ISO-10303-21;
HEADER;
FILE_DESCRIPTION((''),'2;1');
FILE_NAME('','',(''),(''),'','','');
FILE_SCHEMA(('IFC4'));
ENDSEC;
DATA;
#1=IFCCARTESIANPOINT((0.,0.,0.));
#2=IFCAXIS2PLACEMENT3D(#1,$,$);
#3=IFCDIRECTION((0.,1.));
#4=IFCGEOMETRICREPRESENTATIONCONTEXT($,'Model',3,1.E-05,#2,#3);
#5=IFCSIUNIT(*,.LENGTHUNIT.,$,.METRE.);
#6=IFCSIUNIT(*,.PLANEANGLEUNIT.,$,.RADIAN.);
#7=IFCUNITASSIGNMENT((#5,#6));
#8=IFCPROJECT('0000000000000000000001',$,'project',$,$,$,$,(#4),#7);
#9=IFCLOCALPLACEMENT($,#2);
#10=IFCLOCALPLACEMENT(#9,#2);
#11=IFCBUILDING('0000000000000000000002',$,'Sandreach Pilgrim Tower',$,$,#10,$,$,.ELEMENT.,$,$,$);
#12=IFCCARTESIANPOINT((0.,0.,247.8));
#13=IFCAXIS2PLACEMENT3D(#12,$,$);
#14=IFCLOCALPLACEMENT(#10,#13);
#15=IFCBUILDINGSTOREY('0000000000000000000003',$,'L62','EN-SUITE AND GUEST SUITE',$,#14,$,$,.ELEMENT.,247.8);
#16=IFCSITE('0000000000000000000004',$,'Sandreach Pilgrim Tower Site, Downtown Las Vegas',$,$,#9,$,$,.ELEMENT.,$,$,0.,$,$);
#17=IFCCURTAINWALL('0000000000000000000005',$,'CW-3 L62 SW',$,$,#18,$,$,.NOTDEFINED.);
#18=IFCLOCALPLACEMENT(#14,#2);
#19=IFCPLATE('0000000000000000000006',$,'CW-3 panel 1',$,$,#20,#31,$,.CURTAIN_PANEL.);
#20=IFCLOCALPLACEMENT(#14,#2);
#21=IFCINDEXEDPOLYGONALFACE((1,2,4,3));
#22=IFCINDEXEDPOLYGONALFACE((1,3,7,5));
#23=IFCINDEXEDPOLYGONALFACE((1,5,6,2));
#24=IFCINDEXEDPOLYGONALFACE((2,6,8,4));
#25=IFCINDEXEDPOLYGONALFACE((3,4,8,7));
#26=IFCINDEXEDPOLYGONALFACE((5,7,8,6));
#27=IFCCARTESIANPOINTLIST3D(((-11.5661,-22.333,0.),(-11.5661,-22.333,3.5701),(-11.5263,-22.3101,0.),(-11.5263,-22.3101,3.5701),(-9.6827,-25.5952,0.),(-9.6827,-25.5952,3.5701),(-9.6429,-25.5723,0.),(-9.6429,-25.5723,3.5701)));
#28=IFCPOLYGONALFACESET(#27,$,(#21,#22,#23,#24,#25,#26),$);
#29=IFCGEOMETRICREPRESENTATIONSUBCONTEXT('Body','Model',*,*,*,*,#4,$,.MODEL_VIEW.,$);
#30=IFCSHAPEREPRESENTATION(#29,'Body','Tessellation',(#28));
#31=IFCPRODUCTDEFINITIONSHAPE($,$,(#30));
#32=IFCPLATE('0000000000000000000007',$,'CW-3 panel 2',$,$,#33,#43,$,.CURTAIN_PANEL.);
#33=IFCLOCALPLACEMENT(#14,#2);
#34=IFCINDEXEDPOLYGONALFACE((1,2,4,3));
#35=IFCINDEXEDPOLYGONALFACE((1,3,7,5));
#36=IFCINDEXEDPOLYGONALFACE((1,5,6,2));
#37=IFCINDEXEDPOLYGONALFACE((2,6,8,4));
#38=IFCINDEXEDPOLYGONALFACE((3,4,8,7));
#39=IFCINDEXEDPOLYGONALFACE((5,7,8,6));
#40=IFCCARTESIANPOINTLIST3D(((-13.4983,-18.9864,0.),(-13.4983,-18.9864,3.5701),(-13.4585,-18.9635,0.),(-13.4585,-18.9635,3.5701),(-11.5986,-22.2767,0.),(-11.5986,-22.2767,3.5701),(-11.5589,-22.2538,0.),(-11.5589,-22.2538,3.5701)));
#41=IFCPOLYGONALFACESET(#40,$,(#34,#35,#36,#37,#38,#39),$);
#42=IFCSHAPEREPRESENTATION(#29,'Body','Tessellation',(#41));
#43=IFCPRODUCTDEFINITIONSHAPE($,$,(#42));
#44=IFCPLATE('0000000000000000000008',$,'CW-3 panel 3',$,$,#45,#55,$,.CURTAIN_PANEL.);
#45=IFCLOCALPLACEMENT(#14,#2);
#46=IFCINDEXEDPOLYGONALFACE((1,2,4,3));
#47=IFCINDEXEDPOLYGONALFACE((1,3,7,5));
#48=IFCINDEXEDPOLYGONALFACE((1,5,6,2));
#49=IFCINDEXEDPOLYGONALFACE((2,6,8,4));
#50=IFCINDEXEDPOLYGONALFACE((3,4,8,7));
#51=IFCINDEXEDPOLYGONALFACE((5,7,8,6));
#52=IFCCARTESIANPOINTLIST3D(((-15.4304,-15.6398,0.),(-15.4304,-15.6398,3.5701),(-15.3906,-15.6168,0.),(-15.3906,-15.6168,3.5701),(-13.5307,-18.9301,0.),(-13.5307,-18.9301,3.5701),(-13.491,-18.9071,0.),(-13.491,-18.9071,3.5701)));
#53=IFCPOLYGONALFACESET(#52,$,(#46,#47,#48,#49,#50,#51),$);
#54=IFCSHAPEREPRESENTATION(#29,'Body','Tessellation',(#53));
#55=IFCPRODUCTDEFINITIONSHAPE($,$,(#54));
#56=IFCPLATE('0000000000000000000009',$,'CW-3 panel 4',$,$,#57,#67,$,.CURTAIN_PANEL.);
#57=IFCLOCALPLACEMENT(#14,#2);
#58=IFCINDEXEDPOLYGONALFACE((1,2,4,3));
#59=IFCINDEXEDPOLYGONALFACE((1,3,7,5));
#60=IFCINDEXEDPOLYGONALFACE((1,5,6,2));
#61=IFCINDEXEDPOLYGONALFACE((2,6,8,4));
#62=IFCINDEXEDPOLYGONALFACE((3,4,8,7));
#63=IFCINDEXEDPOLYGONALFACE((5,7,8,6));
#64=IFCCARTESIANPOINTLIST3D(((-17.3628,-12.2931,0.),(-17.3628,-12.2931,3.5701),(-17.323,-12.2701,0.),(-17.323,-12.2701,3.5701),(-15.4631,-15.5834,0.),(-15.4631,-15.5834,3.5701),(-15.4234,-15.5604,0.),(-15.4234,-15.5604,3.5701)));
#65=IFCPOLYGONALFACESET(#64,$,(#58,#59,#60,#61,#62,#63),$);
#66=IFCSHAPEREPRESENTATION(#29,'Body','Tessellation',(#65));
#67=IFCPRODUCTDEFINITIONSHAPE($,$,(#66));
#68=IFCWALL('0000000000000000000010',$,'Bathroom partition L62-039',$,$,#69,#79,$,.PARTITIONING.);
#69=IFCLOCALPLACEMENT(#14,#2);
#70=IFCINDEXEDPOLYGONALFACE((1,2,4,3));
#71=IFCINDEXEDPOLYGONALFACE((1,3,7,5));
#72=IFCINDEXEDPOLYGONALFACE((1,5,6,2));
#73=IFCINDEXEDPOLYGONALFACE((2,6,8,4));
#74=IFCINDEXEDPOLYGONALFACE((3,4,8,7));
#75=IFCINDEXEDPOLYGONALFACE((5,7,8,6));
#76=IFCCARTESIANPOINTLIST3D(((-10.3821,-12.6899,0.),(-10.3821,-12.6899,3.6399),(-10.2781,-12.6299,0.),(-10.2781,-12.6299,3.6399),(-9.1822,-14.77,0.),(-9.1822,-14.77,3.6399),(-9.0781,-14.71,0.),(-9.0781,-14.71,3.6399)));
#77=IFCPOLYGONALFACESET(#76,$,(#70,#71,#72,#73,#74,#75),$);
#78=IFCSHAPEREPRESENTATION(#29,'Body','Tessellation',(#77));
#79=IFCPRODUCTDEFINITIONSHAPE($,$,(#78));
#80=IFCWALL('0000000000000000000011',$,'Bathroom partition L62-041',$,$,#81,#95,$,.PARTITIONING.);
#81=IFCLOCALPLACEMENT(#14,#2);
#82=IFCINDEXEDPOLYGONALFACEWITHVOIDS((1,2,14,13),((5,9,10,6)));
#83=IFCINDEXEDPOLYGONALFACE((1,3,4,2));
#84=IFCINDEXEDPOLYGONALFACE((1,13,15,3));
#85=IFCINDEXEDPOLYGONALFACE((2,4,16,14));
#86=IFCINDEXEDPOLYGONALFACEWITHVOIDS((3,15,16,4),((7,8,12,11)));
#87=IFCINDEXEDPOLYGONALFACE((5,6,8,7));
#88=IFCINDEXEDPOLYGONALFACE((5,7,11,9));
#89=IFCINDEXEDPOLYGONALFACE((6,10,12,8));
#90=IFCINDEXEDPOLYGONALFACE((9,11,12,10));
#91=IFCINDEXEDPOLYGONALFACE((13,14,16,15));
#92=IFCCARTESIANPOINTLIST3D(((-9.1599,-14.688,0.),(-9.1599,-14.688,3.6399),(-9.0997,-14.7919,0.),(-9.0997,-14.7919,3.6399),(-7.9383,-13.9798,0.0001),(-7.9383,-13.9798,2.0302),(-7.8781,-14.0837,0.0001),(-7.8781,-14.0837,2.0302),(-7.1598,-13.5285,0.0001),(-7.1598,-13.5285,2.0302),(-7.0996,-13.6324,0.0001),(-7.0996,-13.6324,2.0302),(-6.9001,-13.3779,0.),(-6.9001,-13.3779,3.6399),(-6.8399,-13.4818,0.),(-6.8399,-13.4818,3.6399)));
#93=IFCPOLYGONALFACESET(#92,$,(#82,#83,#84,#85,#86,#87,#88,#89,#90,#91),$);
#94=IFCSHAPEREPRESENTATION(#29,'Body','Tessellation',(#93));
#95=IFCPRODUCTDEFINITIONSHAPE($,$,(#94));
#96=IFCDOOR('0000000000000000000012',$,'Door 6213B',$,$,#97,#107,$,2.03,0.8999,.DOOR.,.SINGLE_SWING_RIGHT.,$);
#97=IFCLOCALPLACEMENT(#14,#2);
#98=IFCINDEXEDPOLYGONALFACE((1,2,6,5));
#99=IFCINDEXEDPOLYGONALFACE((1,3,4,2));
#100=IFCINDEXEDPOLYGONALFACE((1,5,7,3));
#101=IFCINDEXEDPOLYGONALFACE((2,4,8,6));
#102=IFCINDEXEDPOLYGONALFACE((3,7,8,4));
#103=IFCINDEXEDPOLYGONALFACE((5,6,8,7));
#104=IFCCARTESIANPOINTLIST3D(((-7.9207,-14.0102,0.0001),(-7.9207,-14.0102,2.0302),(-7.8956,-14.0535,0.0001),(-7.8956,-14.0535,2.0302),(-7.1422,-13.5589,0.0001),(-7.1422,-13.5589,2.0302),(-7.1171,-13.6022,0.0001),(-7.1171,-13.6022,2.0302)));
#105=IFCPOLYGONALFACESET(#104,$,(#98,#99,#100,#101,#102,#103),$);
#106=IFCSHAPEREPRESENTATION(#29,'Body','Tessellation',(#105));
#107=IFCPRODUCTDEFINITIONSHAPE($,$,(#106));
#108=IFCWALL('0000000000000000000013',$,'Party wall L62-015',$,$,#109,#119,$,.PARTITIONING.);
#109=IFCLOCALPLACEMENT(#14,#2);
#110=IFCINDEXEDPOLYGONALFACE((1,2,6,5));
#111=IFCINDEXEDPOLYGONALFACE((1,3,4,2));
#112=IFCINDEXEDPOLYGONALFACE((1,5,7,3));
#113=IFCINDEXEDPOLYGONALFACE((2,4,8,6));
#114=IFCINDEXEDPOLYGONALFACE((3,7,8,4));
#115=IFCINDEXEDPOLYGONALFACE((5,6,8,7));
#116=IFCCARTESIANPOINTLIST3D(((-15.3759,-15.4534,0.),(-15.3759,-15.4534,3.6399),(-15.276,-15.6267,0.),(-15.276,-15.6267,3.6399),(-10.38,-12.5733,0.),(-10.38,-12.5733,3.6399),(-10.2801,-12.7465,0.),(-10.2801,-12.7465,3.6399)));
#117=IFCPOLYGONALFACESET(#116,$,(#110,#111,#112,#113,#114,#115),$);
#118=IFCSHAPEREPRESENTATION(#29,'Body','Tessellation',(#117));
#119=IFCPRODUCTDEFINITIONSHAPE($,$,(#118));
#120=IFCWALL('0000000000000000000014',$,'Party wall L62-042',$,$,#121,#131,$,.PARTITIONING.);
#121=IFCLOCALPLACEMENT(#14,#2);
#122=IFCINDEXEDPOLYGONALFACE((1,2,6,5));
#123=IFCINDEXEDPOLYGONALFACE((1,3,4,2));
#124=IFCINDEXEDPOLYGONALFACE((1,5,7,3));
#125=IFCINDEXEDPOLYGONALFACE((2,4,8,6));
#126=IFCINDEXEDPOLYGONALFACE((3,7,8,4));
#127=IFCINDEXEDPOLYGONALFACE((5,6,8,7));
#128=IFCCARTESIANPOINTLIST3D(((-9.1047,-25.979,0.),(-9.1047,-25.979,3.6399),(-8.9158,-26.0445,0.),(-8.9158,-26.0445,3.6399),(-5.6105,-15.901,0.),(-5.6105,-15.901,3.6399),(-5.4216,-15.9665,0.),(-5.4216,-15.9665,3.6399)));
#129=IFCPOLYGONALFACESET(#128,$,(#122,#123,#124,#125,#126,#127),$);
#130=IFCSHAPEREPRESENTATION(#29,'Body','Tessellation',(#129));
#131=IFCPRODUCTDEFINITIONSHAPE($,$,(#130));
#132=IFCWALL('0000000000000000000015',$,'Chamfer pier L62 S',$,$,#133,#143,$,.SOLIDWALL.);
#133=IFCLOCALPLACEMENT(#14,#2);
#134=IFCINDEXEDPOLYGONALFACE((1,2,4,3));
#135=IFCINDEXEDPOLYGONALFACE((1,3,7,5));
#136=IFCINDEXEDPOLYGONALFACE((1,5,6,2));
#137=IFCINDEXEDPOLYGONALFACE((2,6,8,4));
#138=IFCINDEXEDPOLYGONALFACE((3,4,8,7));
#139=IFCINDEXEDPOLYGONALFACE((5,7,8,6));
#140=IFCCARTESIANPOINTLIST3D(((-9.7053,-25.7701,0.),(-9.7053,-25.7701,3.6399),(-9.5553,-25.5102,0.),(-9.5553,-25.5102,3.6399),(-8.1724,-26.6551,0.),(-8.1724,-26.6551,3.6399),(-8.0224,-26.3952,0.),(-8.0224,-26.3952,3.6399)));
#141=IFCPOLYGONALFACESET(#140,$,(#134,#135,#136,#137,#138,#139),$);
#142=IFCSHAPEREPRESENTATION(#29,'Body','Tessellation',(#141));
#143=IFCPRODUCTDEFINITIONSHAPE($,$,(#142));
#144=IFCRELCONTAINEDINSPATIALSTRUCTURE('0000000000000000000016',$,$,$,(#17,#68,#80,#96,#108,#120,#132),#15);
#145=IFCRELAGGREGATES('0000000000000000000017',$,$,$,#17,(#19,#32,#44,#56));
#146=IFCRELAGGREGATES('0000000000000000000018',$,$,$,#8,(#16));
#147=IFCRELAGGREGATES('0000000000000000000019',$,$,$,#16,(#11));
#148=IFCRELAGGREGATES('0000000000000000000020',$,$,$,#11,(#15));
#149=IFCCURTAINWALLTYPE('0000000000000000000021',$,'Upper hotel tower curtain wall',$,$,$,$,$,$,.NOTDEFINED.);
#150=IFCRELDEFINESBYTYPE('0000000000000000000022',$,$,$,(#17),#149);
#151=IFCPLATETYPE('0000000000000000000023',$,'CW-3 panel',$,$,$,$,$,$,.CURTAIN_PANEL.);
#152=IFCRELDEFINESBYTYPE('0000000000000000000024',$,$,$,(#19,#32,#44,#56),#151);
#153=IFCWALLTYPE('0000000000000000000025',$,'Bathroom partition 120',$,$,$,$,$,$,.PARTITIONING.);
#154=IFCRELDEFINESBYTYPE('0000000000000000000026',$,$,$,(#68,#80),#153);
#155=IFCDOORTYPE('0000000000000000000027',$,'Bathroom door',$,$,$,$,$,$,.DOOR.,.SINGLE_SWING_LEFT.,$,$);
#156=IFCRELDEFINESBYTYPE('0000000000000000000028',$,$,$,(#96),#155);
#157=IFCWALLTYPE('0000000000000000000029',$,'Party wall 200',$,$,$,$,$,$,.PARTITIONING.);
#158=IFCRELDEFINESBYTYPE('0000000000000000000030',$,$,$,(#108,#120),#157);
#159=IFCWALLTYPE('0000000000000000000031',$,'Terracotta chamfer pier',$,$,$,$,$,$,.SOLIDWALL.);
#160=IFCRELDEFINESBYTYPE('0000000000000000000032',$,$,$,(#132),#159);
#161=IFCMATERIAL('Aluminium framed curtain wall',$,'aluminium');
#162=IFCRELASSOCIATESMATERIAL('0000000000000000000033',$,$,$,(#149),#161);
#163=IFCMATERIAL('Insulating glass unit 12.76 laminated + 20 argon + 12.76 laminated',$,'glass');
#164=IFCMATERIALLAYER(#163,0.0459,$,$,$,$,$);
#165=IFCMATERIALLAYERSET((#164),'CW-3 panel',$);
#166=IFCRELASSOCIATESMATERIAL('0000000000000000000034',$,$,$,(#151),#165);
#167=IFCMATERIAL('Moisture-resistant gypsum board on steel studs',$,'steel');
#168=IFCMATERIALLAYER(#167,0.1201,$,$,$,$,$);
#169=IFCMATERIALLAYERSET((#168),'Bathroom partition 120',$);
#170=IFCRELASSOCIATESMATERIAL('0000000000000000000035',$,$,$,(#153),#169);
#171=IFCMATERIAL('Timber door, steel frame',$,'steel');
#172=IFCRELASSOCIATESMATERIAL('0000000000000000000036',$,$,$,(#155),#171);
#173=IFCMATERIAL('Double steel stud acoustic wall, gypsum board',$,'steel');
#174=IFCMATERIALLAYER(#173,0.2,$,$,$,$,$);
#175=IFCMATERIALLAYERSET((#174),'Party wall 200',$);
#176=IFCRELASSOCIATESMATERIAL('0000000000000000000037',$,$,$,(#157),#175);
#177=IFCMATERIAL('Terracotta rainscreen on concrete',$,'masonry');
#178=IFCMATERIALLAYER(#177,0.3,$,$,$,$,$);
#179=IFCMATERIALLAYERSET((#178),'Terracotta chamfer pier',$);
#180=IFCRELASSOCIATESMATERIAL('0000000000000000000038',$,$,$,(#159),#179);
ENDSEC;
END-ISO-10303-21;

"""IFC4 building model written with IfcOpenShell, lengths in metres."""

from ifc_helpers import new_model, si_unit, direction, frame, frame_2d, origin, origin_2d, place, context, subcontext, project, spatial, rectangle, extrude, material, layer, layer_set, type_object, element, fill, aggregate, save


model = new_model("IFC4")

# Units and contexts
model_context = context("Model", 3, precision=1e-05, world=origin(), true_north=direction((0.0, 1.0)))
body_context = subcontext(model_context, "Body", "Model", "MODEL_VIEW")
ifc_project = project(units=[si_unit("LENGTHUNIT", "METRE"), si_unit("PLANEANGLEUNIT", "RADIAN")], contexts=[model_context])

# Site, building, storey
site_placement = place(None, origin())
site = spatial("IfcSite", under=ifc_project, at=site_placement, Name="Sandreach Pilgrim Tower Site, Downtown Las Vegas", CompositionType="ELEMENT", RefElevation=0.0)
building_placement = place(site_placement, origin())
building = spatial("IfcBuilding", under=site, at=building_placement, Name="Sandreach Pilgrim Tower", CompositionType="ELEMENT")
storey_placement = place(building_placement, frame((0.0, 0.0, 247.8)))
storey = spatial("IfcBuildingStorey", under=building, at=storey_placement, Name="L62", Description="EN-SUITE AND GUEST SUITE", CompositionType="ELEMENT", Elevation=247.8)

# Shared definitions
ifc_material_1 = material(Name="Aluminium framed curtain wall", Category="aluminium")
curtain_wall_type = type_object("IfcCurtainWallType", Name="Upper hotel tower curtain wall", PredefinedType="NOTDEFINED", material=ifc_material_1)

# Curtain wall
curtain_wall_1_placement = place(storey_placement, origin())
curtain_wall_1 = element("IfcCurtainWall", 1, at=curtain_wall_1_placement, inside=storey, type_object=curtain_wall_type, Name="CW-3 L62 SW", PredefinedType="NOTDEFINED")

# Plates
ifc_material_2 = material(Name="Insulating glass unit 12.76 laminated + 20 argon + 12.76 laminated", Category="glass")
ifc_layer_1 = layer(ifc_material_2, 0.0459)
ifc_layer_set_1 = layer_set([ifc_layer_1], Name="CW-3 panel")
plate_type = type_object("IfcPlateType", Name="CW-3 panel", PredefinedType="CURTAIN_PANEL", material=ifc_layer_set_1)
plate_1_placement = place(storey_placement, frame((-10.6045, -23.9526, 0.0), z_axis=(0.0, 0.0, 1.0), x_axis=(-0.5, 0.866025, 0.0)))
plate_1 = element("IfcPlate", 2, at=plate_1_placement, type_object=plate_type, Name="CW-3 panel 1", PredefinedType="CURTAIN_PANEL", context=body_context, shape_type="SweptSolid", body=[
    extrude(rectangle(XDim=3.7668, YDim=0.0459, at=origin_2d()), origin(), (0.0, 0.0, 1.0), 3.5701),
])
plate_2_placement = place(storey_placement, frame((-12.5286, -20.6201, 0.0), z_axis=(0.0, 0.0, 1.0), x_axis=(-0.5, 0.866025, 0.0)))
plate_2 = element("IfcPlate", 3, at=plate_2_placement, type_object=plate_type, Name="CW-3 panel 2", PredefinedType="CURTAIN_PANEL", context=body_context, shape_type="SweptSolid", body=[
    extrude(rectangle(XDim=3.7993, YDim=0.0459, at=origin_2d()), origin(), (0.0, 0.0, 1.0), 3.5701),
])
plate_3_placement = place(storey_placement, frame((-14.4607, -17.2734, 0.0), z_axis=(0.0, 0.0, 1.0), x_axis=(-0.5, 0.866025, 0.0)))
plate_3 = element("IfcPlate", 4, at=plate_3_placement, type_object=plate_type, Name="CW-3 panel 3", PredefinedType="CURTAIN_PANEL", context=body_context, shape_type="SweptSolid", body=[
    extrude(rectangle(XDim=3.7993, YDim=0.0459, at=origin_2d()), origin(), (0.0, 0.0, 1.0), 3.5701),
])
plate_4_placement = place(storey_placement, frame((-16.3931, -13.9268, 0.0), z_axis=(0.0, 0.0, 1.0), x_axis=(-0.5, 0.866025, 0.0)))
plate_4 = element("IfcPlate", 5, at=plate_4_placement, type_object=plate_type, Name="CW-3 panel 4", PredefinedType="CURTAIN_PANEL", context=body_context, shape_type="SweptSolid", body=[
    extrude(rectangle(XDim=3.7993, YDim=0.0459, at=origin_2d()), origin(), (0.0, 0.0, 1.0), 3.5701),
])
aggregate(curtain_wall_1, [plate_1, plate_2, plate_3, plate_4])

# Wall
ifc_material_3 = material(Name="Moisture-resistant gypsum board on steel studs", Category="steel")
ifc_layer_2 = layer(ifc_material_3, 0.1201)
ifc_layer_set_2 = layer_set([ifc_layer_2], Name="Bathroom partition 120")
wall_type_1 = type_object("IfcWallType", Name="Bathroom partition 120", PredefinedType="PARTITIONING", material=ifc_layer_set_2)
wall_1_placement = place(storey_placement, frame((-10.3301, -12.6599, 0.0), z_axis=(0.0, 0.0, 1.0), x_axis=(0.499693, -0.866203, 0.0)))
element("IfcWall", 6, at=wall_1_placement, inside=storey, type_object=wall_type_1, Name="Bathroom partition L62-039", PredefinedType="PARTITIONING", context=body_context, shape_type="SweptSolid", body=[
    extrude(rectangle(XDim=2.4014, YDim=0.1201, at=frame_2d((1.2007, 0.0))), origin(), (0.0, 0.0, 1.0), 3.6399),
])

# Wall, opening, door
wall_2_placement = place(storey_placement, frame((-9.1299, -14.74, 0.0), z_axis=(0.0, 0.0, 1.0), x_axis=(0.865132, 0.501545, 0.0)))
wall_2 = element("IfcWall", 7, at=wall_2_placement, inside=storey, type_object=wall_type_1, Name="Bathroom partition L62-041", PredefinedType="PARTITIONING", context=body_context, shape_type="SweptSolid", body=[
    extrude(rectangle(XDim=2.6121, YDim=0.1201, at=frame_2d((1.3062, 0.0))), origin(), (0.0, 0.0, 1.0), 3.6399),
])
opening_placement = place(wall_2_placement, frame((1.4121, 0.0, 0.0)))
opening = element("IfcOpeningElement", 8, at=opening_placement, cuts=wall_2, PredefinedType="OPENING", context=body_context, shape_type="SweptSolid", body=[
    extrude(rectangle(XDim=0.8999, YDim=2.03, at=frame_2d((0.45, 1.0151))), frame((0.0, 0.0601, 0.0), z_axis=(0.0, -1.0, 0.0), x_axis=(1.0, 0.0, 0.0)), (0.0, 0.0, 1.0), 0.1201),
])
ifc_material_4 = material(Name="Timber door, steel frame", Category="steel")
door_type = type_object("IfcDoorType", Name="Bathroom door", OperationType="SINGLE_SWING_LEFT", PredefinedType="DOOR", material=ifc_material_4)
door_placement = place(opening_placement, origin())
door = element("IfcDoor", 9, at=door_placement, inside=storey, type_object=door_type, Name="Door 6213B", OperationType="SINGLE_SWING_RIGHT", OverallHeight=2.03, OverallWidth=0.8999, PredefinedType="DOOR", context=body_context, shape_type="SweptSolid", body=[
    extrude(rectangle(XDim=0.8999, YDim=2.03, at=frame_2d((0.45, 1.0151))), frame((0.0, 0.0249, 0.0), z_axis=(0.0, -1.0, 0.0), x_axis=(1.0, 0.0, 0.0)), (0.0, 0.0, 1.0), 0.05),
])
fill(opening, door)

# Walls
ifc_material_5 = material(Name="Double steel stud acoustic wall, gypsum board", Category="steel")
ifc_layer_3 = layer(ifc_material_5, 0.2)
ifc_layer_set_3 = layer_set([ifc_layer_3], Name="Party wall 200")
wall_type_2 = type_object("IfcWallType", Name="Party wall 200", PredefinedType="PARTITIONING", material=ifc_layer_set_3)
wall_3_placement = place(storey_placement, frame((-15.3259, -15.54, 0.0), z_axis=(0.0, 0.0, 1.0), x_axis=(0.866343, 0.49945, 0.0)))
element("IfcWall", 10, at=wall_3_placement, inside=storey, type_object=wall_type_2, Name="Party wall L62-015", PredefinedType="PARTITIONING", context=body_context, shape_type="SweptSolid", body=[
    extrude(rectangle(XDim=5.7666, YDim=0.2, at=frame_2d((2.8833, 0.0))), origin(), (0.0, 0.0, 1.0), 3.6399),
])
wall_4_placement = place(storey_placement, frame((-9.0103, -26.0117, 0.0), z_axis=(0.0, 0.0, 1.0), x_axis=(0.327583, 0.944822, 0.0)))
element("IfcWall", 11, at=wall_4_placement, inside=storey, type_object=wall_type_2, Name="Party wall L62-042", PredefinedType="PARTITIONING", context=body_context, shape_type="SweptSolid", body=[
    extrude(rectangle(XDim=10.6665, YDim=0.2, at=frame_2d((5.3333, 0.0))), origin(), (0.0, 0.0, 1.0), 3.6399),
])
ifc_material_6 = material(Name="Terracotta rainscreen on concrete", Category="masonry")
ifc_layer_4 = layer(ifc_material_6, 0.3)
ifc_layer_set_4 = layer_set([ifc_layer_4], Name="Terracotta chamfer pier")
wall_type_3 = type_object("IfcWallType", Name="Terracotta chamfer pier", PredefinedType="SOLIDWALL", material=ifc_layer_set_4)
wall_5_placement = place(storey_placement, frame((-8.0974, -26.5251, 0.0), z_axis=(0.0, 0.0, 1.0), x_axis=(-0.866036, 0.499981, 0.0)))
element("IfcWall", 12, at=wall_5_placement, inside=storey, type_object=wall_type_3, Name="Chamfer pier L62 S", PredefinedType="SOLIDWALL", context=body_context, shape_type="SweptSolid", body=[
    extrude(rectangle(XDim=1.77, YDim=0.3, at=frame_2d((0.885, 0.0))), origin(), (0.0, 0.0, 1.0), 3.6399),
])

save(model, "model.ifc")
